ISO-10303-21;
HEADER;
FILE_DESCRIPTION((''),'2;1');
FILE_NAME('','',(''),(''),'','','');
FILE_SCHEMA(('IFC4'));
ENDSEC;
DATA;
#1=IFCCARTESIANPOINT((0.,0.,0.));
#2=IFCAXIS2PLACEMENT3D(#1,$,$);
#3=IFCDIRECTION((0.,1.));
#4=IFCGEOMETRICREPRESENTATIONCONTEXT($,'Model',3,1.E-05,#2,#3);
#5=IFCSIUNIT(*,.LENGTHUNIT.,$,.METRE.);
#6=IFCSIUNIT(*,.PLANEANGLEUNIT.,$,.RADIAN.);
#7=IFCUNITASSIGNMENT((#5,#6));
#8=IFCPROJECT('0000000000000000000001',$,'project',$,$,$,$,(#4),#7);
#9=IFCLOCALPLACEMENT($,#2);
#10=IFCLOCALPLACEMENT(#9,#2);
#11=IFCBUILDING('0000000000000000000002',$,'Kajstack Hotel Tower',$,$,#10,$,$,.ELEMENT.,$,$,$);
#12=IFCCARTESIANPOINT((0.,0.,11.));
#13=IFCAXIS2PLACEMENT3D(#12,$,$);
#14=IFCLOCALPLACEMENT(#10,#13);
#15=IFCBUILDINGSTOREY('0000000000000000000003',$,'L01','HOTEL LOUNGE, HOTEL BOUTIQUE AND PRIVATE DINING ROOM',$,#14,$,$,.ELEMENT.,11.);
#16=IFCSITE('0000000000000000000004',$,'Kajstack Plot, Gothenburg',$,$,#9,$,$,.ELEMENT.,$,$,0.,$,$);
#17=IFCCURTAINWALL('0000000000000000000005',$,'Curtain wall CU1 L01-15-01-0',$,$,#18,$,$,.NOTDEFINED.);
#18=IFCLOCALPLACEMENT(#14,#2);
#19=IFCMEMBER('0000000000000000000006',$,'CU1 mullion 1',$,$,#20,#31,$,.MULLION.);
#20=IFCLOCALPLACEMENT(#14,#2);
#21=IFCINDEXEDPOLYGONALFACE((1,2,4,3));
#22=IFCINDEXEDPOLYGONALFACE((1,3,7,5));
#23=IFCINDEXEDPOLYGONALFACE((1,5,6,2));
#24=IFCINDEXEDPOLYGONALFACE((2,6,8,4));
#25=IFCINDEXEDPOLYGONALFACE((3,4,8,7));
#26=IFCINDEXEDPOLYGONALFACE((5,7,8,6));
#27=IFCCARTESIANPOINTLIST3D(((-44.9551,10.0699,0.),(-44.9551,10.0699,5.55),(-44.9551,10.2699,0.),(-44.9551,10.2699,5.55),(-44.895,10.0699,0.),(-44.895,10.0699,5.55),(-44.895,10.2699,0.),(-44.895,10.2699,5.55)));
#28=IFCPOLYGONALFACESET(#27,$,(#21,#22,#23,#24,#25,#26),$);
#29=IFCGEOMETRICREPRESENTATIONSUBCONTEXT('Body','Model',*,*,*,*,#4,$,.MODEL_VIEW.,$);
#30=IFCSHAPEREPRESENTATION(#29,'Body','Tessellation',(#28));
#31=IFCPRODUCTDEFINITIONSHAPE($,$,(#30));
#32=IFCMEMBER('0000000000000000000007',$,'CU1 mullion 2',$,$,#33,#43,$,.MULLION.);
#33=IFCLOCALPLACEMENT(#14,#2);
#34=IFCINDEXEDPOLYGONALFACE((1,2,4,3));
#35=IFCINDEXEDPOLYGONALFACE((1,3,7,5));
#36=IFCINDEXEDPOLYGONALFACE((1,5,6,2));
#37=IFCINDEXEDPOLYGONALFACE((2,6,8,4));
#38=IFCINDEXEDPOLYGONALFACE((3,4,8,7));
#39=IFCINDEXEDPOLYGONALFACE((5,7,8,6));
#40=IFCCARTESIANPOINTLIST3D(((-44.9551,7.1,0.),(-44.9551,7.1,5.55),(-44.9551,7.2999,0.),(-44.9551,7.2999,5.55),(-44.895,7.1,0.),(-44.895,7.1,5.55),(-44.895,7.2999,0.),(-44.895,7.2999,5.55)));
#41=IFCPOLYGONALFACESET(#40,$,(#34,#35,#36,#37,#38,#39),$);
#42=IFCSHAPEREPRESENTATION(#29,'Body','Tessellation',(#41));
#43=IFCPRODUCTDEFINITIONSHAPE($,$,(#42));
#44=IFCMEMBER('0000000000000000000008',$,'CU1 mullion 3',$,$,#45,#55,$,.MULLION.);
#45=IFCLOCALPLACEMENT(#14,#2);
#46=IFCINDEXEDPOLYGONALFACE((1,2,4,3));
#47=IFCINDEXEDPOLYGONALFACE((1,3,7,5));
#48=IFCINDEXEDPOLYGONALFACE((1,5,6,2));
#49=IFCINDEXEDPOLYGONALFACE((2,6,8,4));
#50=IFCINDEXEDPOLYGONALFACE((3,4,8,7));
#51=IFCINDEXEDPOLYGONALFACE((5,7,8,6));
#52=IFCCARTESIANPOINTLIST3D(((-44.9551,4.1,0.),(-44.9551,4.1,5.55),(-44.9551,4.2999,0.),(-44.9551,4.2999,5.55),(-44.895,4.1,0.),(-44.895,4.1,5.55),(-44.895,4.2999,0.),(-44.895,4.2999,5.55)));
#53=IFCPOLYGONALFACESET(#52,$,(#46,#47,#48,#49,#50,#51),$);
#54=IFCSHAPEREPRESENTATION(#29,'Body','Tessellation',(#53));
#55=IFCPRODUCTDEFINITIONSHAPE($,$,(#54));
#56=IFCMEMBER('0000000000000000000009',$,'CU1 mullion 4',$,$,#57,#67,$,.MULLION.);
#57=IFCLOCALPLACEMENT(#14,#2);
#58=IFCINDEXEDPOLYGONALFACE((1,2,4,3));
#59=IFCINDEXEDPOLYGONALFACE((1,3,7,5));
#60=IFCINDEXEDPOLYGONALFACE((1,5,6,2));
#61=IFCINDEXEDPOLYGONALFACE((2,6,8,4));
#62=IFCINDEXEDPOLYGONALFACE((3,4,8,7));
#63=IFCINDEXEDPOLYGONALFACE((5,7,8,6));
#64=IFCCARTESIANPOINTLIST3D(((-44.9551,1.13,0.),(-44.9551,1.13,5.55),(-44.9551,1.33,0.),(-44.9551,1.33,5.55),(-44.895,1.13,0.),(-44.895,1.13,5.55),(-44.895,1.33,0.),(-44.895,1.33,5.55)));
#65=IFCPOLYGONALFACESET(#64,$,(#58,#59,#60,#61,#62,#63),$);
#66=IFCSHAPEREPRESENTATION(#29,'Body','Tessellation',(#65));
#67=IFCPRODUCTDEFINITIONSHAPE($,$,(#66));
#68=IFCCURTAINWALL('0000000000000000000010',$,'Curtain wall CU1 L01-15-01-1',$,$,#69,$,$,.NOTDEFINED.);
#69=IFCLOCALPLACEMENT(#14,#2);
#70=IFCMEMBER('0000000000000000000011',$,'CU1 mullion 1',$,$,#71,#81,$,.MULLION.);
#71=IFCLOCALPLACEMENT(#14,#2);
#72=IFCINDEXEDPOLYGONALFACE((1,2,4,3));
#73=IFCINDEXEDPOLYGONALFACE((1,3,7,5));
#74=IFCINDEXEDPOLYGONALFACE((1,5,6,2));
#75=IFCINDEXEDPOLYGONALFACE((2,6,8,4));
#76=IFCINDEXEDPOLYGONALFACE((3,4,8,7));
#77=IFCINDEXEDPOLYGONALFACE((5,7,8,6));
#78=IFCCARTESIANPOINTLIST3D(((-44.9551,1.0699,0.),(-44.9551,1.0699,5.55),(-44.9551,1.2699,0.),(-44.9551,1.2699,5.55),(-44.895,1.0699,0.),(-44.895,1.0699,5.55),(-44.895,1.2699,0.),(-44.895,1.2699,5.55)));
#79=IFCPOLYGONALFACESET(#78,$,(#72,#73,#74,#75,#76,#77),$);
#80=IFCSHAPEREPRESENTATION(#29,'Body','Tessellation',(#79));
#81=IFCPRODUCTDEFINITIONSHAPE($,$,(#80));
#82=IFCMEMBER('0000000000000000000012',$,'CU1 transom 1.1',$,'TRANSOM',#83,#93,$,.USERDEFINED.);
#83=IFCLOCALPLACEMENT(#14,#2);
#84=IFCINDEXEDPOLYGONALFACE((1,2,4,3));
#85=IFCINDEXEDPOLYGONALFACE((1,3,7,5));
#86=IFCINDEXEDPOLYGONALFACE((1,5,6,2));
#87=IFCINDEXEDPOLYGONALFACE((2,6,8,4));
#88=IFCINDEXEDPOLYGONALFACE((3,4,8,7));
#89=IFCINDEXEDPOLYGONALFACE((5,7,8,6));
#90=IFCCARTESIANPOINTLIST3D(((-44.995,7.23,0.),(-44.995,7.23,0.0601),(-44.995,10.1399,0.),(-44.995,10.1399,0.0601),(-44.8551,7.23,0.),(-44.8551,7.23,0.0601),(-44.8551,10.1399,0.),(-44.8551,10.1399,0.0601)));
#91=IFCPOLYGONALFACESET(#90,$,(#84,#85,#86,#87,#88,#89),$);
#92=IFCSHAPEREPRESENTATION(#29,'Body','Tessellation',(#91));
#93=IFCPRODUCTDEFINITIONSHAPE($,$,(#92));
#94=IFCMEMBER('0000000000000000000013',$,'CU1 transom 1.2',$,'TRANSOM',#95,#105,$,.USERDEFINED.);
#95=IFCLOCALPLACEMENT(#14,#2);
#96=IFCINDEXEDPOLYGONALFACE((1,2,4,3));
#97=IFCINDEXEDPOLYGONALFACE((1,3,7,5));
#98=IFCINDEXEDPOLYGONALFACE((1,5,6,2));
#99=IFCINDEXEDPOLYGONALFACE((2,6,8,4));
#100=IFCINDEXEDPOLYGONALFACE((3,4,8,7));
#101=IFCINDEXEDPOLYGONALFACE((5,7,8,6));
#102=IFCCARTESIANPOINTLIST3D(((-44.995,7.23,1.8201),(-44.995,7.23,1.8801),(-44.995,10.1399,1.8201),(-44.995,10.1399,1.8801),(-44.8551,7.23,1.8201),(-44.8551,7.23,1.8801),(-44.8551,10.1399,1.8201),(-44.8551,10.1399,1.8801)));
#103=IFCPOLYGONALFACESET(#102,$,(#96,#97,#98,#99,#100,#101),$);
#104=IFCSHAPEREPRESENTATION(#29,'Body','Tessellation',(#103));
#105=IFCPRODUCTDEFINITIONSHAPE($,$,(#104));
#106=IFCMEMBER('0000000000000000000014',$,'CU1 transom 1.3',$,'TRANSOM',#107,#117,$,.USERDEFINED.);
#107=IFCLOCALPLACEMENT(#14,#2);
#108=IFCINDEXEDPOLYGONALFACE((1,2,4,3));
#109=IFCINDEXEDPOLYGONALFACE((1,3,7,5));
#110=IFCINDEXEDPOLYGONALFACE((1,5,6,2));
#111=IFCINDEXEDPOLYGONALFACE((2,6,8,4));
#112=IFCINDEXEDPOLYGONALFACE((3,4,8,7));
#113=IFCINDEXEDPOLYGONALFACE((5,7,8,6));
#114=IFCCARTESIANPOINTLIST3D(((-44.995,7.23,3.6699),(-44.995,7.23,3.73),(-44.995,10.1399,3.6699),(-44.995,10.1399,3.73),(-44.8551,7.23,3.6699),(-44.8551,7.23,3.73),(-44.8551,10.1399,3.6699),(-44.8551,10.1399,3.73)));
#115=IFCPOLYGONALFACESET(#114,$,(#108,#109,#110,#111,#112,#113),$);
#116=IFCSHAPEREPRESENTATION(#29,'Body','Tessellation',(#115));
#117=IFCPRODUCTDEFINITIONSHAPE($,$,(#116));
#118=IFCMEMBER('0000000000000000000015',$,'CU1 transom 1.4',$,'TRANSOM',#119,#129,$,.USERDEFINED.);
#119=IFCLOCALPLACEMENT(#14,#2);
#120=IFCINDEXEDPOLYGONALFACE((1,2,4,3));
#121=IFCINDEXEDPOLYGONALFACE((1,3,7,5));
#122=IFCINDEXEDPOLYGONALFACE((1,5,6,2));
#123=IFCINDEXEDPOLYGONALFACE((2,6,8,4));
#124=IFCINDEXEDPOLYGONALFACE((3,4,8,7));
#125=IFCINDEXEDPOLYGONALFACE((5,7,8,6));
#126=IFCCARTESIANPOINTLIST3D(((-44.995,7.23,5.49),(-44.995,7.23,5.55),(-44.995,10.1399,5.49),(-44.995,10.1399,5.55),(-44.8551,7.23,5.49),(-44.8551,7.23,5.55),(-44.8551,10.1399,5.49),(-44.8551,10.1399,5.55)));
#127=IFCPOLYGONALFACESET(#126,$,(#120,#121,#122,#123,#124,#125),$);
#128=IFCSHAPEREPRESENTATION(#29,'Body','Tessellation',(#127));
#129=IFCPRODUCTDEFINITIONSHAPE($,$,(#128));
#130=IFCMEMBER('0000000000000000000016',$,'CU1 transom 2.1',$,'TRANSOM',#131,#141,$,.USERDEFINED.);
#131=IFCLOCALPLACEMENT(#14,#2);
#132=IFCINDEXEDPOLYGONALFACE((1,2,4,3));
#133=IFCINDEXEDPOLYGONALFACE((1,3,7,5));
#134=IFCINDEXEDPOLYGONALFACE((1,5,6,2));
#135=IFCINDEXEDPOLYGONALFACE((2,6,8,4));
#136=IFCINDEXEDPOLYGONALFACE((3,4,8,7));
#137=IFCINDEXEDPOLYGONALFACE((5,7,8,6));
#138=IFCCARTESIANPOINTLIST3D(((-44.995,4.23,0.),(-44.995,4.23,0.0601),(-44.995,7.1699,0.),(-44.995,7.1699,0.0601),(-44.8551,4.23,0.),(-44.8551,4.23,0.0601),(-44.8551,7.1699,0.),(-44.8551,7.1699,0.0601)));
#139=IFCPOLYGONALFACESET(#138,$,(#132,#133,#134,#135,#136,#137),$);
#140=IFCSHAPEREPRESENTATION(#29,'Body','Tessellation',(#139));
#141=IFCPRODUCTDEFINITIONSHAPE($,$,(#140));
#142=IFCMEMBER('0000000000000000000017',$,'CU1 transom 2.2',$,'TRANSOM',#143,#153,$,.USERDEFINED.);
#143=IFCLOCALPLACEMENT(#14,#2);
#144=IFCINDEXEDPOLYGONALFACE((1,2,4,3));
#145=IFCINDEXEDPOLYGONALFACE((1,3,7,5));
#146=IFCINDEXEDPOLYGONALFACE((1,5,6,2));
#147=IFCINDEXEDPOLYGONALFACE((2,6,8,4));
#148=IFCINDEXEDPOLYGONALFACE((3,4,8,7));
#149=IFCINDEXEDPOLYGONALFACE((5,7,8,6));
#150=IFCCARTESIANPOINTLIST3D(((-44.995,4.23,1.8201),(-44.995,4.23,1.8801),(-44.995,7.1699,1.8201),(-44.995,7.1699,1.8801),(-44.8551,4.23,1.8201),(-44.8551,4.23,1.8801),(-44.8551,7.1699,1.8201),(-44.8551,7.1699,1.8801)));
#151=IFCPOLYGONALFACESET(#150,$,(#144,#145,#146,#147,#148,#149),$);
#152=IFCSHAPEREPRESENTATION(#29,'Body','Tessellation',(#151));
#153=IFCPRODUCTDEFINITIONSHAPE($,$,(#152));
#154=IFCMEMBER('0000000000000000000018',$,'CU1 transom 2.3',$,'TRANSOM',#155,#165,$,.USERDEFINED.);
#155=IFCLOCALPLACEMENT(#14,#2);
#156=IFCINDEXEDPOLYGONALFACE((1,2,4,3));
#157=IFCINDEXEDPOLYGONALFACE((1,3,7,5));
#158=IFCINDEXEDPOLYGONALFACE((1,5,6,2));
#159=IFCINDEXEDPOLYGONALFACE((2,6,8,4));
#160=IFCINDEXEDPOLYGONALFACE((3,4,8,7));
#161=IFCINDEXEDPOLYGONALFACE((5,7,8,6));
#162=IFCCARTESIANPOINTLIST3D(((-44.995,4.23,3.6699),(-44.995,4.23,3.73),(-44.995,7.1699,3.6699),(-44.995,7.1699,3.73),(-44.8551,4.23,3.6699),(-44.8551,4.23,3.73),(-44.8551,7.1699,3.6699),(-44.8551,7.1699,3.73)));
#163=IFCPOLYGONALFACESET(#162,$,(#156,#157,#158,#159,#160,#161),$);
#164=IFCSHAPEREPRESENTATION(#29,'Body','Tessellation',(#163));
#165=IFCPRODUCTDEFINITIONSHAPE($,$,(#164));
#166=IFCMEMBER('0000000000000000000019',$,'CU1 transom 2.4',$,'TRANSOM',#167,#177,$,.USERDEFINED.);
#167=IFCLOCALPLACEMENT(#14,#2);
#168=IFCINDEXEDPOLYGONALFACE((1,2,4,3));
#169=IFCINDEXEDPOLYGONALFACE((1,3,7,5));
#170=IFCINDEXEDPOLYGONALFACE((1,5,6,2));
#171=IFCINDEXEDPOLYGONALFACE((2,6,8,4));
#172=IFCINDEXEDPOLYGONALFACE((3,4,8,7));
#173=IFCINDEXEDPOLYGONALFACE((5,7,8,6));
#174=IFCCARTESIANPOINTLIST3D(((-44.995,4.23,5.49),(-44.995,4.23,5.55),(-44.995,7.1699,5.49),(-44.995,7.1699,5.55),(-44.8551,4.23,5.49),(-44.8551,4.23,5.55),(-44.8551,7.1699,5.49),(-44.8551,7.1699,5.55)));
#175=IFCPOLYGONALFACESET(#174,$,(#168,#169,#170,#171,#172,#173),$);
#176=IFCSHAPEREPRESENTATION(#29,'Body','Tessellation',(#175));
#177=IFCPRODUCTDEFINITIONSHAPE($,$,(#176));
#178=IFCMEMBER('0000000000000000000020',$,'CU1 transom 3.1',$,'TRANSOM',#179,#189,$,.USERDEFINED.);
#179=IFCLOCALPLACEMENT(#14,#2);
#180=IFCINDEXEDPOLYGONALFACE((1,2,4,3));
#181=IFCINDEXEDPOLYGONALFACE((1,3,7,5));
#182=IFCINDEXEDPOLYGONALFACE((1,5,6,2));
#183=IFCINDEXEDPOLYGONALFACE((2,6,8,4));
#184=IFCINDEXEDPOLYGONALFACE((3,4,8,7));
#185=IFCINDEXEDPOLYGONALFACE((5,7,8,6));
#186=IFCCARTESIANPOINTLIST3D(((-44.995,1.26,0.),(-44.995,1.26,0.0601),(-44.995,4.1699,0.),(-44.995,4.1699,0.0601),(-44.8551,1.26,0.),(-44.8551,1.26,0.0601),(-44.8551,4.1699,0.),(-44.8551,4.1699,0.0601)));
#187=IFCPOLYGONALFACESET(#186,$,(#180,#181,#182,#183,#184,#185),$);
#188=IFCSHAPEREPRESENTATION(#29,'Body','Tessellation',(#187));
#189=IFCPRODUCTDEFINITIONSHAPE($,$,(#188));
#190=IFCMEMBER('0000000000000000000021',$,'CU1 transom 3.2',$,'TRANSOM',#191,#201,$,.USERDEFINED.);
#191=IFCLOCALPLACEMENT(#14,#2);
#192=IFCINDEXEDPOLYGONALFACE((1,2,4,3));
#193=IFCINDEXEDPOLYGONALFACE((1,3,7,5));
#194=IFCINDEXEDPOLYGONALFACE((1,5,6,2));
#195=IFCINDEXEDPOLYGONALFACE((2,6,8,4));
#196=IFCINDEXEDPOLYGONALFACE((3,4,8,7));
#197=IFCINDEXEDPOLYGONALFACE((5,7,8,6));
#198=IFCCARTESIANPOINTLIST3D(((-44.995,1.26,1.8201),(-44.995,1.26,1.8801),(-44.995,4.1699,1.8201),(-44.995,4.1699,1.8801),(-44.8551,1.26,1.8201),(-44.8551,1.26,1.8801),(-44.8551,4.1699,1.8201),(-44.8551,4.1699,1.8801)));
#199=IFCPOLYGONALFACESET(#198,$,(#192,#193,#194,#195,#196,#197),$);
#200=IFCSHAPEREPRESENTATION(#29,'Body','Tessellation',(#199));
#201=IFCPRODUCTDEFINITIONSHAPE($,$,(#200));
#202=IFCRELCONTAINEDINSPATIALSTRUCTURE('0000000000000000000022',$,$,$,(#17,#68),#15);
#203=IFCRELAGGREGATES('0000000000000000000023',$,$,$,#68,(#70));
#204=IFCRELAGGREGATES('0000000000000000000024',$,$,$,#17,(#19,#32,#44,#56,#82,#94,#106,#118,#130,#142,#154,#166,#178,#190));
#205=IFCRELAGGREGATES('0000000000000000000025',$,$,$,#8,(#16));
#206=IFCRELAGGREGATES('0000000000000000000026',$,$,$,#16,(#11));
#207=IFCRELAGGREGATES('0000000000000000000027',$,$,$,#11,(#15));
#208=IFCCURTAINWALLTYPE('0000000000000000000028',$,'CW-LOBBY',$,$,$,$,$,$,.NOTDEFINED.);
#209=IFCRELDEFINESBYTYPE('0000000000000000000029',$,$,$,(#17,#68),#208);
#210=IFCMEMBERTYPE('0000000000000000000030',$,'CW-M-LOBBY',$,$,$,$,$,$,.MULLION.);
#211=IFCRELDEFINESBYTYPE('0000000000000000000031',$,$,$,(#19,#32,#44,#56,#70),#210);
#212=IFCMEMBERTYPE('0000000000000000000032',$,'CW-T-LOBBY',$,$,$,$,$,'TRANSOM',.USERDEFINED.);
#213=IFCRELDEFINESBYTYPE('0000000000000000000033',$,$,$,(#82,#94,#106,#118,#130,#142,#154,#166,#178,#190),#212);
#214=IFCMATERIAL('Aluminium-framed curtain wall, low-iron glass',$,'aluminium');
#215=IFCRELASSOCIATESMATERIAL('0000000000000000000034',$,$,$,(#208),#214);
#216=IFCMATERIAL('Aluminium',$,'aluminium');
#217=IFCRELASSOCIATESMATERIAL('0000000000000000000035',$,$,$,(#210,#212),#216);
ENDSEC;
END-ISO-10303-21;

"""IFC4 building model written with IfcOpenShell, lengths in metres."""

from ifc_helpers import new_model, si_unit, direction, frame, origin, origin_2d, place, context, subcontext, project, spatial, rectangle, extrude, material, material_profile, profile_set, type_object, element, aggregate, save


model = new_model("IFC4")

# Units and contexts
model_context = context("Model", 3, precision=1e-05, world=origin(), true_north=direction((0.0, 1.0)))
body_context = subcontext(model_context, "Body", "Model", "MODEL_VIEW")
ifc_project = project(units=[si_unit("LENGTHUNIT", "METRE"), si_unit("PLANEANGLEUNIT", "RADIAN")], contexts=[model_context])

# Site, building, storey
site_placement = place(None, origin())
site = spatial("IfcSite", under=ifc_project, at=site_placement, Name="Kajstack Plot, Gothenburg", CompositionType="ELEMENT", RefElevation=0.0)
building_placement = place(site_placement, origin())
building = spatial("IfcBuilding", under=site, at=building_placement, Name="Kajstack Hotel Tower", CompositionType="ELEMENT")
storey_placement = place(building_placement, frame((0.0, 0.0, 11.0)))
storey = spatial("IfcBuildingStorey", under=building, at=storey_placement, Name="L01", Description="HOTEL LOUNGE, HOTEL BOUTIQUE AND PRIVATE DINING ROOM", CompositionType="ELEMENT", Elevation=11.0)

# Curtain wall, members
ifc_material_1 = material(Name="Aluminium-framed curtain wall, low-iron glass", Category="aluminium")
curtain_wall_type = type_object("IfcCurtainWallType", Name="CW-LOBBY", PredefinedType="NOTDEFINED", material=ifc_material_1)
curtain_wall_1_placement = place(storey_placement, origin())
curtain_wall_1 = element("IfcCurtainWall", 1, at=curtain_wall_1_placement, inside=storey, type_object=curtain_wall_type, Name="Curtain wall CU1 L01-15-01-0", PredefinedType="NOTDEFINED")
ifc_material_2 = material(Name="Aluminium", Category="aluminium")
ifc_material_profile_1 = material_profile(ifc_material_2, rectangle(XDim=0.0601, YDim=0.2, at=origin_2d()), Name="Aluminium mullion 60 x 200")
ifc_profile_set_1 = profile_set([ifc_material_profile_1], Name="Aluminium")
member_type_1 = type_object("IfcMemberType", Name="CW-M-LOBBY", PredefinedType="MULLION", material=ifc_profile_set_1)
member_1_placement = place(storey_placement, frame((-44.925, 10.1699, 0.0), z_axis=(0.0, 0.0, 1.0), x_axis=(1.0, 0.0, 0.0)))
member_1 = element("IfcMember", 2, at=member_1_placement, type_object=member_type_1, Name="CU1 mullion 1", PredefinedType="MULLION", context=body_context, shape_type="SweptSolid", body=[
    extrude(rectangle(XDim=0.0601, YDim=0.2, at=origin_2d()), origin(), (0.0, 0.0, 1.0), 5.55),
])
member_2_placement = place(storey_placement, frame((-44.925, 7.2, 0.0), z_axis=(0.0, 0.0, 1.0), x_axis=(1.0, 0.0, 0.0)))
member_2 = element("IfcMember", 3, at=member_2_placement, type_object=member_type_1, Name="CU1 mullion 2", PredefinedType="MULLION", context=body_context, shape_type="SweptSolid", body=[
    extrude(rectangle(XDim=0.0601, YDim=0.2, at=origin_2d()), origin(), (0.0, 0.0, 1.0), 5.55),
])
member_3_placement = place(storey_placement, frame((-44.925, 4.2, 0.0), z_axis=(0.0, 0.0, 1.0), x_axis=(1.0, 0.0, 0.0)))
member_3 = element("IfcMember", 4, at=member_3_placement, type_object=member_type_1, Name="CU1 mullion 3", PredefinedType="MULLION", context=body_context, shape_type="SweptSolid", body=[
    extrude(rectangle(XDim=0.0601, YDim=0.2, at=origin_2d()), origin(), (0.0, 0.0, 1.0), 5.55),
])
member_4_placement = place(storey_placement, frame((-44.925, 1.23, 0.0), z_axis=(0.0, 0.0, 1.0), x_axis=(1.0, 0.0, 0.0)))
member_4 = element("IfcMember", 5, at=member_4_placement, type_object=member_type_1, Name="CU1 mullion 4", PredefinedType="MULLION", context=body_context, shape_type="SweptSolid", body=[
    extrude(rectangle(XDim=0.0601, YDim=0.2, at=origin_2d()), origin(), (0.0, 0.0, 1.0), 5.55),
])

# Curtain wall, member
curtain_wall_2_placement = place(storey_placement, origin())
curtain_wall_2 = element("IfcCurtainWall", 6, at=curtain_wall_2_placement, inside=storey, type_object=curtain_wall_type, Name="Curtain wall CU1 L01-15-01-1", PredefinedType="NOTDEFINED")
member_5_placement = place(storey_placement, frame((-44.925, 1.1699, 0.0), z_axis=(0.0, 0.0, 1.0), x_axis=(1.0, 0.0, 0.0)))
member_5 = element("IfcMember", 7, at=member_5_placement, type_object=member_type_1, Name="CU1 mullion 1", PredefinedType="MULLION", context=body_context, shape_type="SweptSolid", body=[
    extrude(rectangle(XDim=0.0601, YDim=0.2, at=origin_2d()), origin(), (0.0, 0.0, 1.0), 5.55),
])

# Members
ifc_material_profile_2 = material_profile(ifc_material_2, rectangle(XDim=0.1399, YDim=0.0601, at=origin_2d()), Name="Aluminium transom 140 x 60")
ifc_profile_set_2 = profile_set([ifc_material_profile_2], Name="Aluminium")
member_type_2 = type_object("IfcMemberType", Name="CW-T-LOBBY", ElementType="TRANSOM", PredefinedType="USERDEFINED", material=ifc_profile_set_2)
member_6_placement = place(storey_placement, frame((-44.925, 10.1399, 0.03), z_axis=(0.0, -1.0, 0.0), x_axis=(1.0, 0.0, 0.0)))
member_6 = element("IfcMember", 8, at=member_6_placement, type_object=member_type_2, Name="CU1 transom 1.1", ObjectType="TRANSOM", PredefinedType="USERDEFINED", context=body_context, shape_type="SweptSolid", body=[
    extrude(rectangle(XDim=0.1399, YDim=0.0601, at=origin_2d()), origin(), (0.0, 0.0, 1.0), 2.9099),
])
member_7_placement = place(storey_placement, frame((-44.925, 10.1399, 1.8501), z_axis=(0.0, -1.0, 0.0), x_axis=(1.0, 0.0, 0.0)))
member_7 = element("IfcMember", 9, at=member_7_placement, type_object=member_type_2, Name="CU1 transom 1.2", ObjectType="TRANSOM", PredefinedType="USERDEFINED", context=body_context, shape_type="SweptSolid", body=[
    extrude(rectangle(XDim=0.1399, YDim=0.0601, at=origin_2d()), origin(), (0.0, 0.0, 1.0), 2.9099),
])
member_8_placement = place(storey_placement, frame((-44.925, 10.1399, 3.7), z_axis=(0.0, -1.0, 0.0), x_axis=(1.0, 0.0, 0.0)))
member_8 = element("IfcMember", 10, at=member_8_placement, type_object=member_type_2, Name="CU1 transom 1.3", ObjectType="TRANSOM", PredefinedType="USERDEFINED", context=body_context, shape_type="SweptSolid", body=[
    extrude(rectangle(XDim=0.1399, YDim=0.0601, at=origin_2d()), origin(), (0.0, 0.0, 1.0), 2.9099),
])
member_9_placement = place(storey_placement, frame((-44.925, 10.1399, 5.52), z_axis=(0.0, -1.0, 0.0), x_axis=(1.0, 0.0, 0.0)))
member_9 = element("IfcMember", 11, at=member_9_placement, type_object=member_type_2, Name="CU1 transom 1.4", ObjectType="TRANSOM", PredefinedType="USERDEFINED", context=body_context, shape_type="SweptSolid", body=[
    extrude(rectangle(XDim=0.1399, YDim=0.0601, at=origin_2d()), origin(), (0.0, 0.0, 1.0), 2.9099),
])
member_10_placement = place(storey_placement, frame((-44.925, 7.1699, 0.03), z_axis=(0.0, -1.0, 0.0), x_axis=(1.0, 0.0, 0.0)))
member_10 = element("IfcMember", 12, at=member_10_placement, type_object=member_type_2, Name="CU1 transom 2.1", ObjectType="TRANSOM", PredefinedType="USERDEFINED", context=body_context, shape_type="SweptSolid", body=[
    extrude(rectangle(XDim=0.1399, YDim=0.0601, at=origin_2d()), origin(), (0.0, 0.0, 1.0), 2.9399),
])
member_11_placement = place(storey_placement, frame((-44.925, 7.1699, 1.8501), z_axis=(0.0, -1.0, 0.0), x_axis=(1.0, 0.0, 0.0)))
member_11 = element("IfcMember", 13, at=member_11_placement, type_object=member_type_2, Name="CU1 transom 2.2", ObjectType="TRANSOM", PredefinedType="USERDEFINED", context=body_context, shape_type="SweptSolid", body=[
    extrude(rectangle(XDim=0.1399, YDim=0.0601, at=origin_2d()), origin(), (0.0, 0.0, 1.0), 2.9399),
])
member_12_placement = place(storey_placement, frame((-44.925, 7.1699, 3.7), z_axis=(0.0, -1.0, 0.0), x_axis=(1.0, 0.0, 0.0)))
member_12 = element("IfcMember", 14, at=member_12_placement, type_object=member_type_2, Name="CU1 transom 2.3", ObjectType="TRANSOM", PredefinedType="USERDEFINED", context=body_context, shape_type="SweptSolid", body=[
    extrude(rectangle(XDim=0.1399, YDim=0.0601, at=origin_2d()), origin(), (0.0, 0.0, 1.0), 2.9399),
])
member_13_placement = place(storey_placement, frame((-44.925, 7.1699, 5.52), z_axis=(0.0, -1.0, 0.0), x_axis=(1.0, 0.0, 0.0)))
member_13 = element("IfcMember", 15, at=member_13_placement, type_object=member_type_2, Name="CU1 transom 2.4", ObjectType="TRANSOM", PredefinedType="USERDEFINED", context=body_context, shape_type="SweptSolid", body=[
    extrude(rectangle(XDim=0.1399, YDim=0.0601, at=origin_2d()), origin(), (0.0, 0.0, 1.0), 2.9399),
])
member_14_placement = place(storey_placement, frame((-44.925, 4.1699, 0.03), z_axis=(0.0, -1.0, 0.0), x_axis=(1.0, 0.0, 0.0)))
member_14 = element("IfcMember", 16, at=member_14_placement, type_object=member_type_2, Name="CU1 transom 3.1", ObjectType="TRANSOM", PredefinedType="USERDEFINED", context=body_context, shape_type="SweptSolid", body=[
    extrude(rectangle(XDim=0.1399, YDim=0.0601, at=origin_2d()), origin(), (0.0, 0.0, 1.0), 2.9099),
])
member_15_placement = place(storey_placement, frame((-44.925, 4.1699, 1.8501), z_axis=(0.0, -1.0, 0.0), x_axis=(1.0, 0.0, 0.0)))
member_15 = element("IfcMember", 17, at=member_15_placement, type_object=member_type_2, Name="CU1 transom 3.2", ObjectType="TRANSOM", PredefinedType="USERDEFINED", context=body_context, shape_type="SweptSolid", body=[
    extrude(rectangle(XDim=0.1399, YDim=0.0601, at=origin_2d()), origin(), (0.0, 0.0, 1.0), 2.9099),
])
aggregate(curtain_wall_2, [member_5])

aggregate(curtain_wall_1, [member_1, member_2, member_3, member_4, member_6, member_7, member_8, member_9, member_10, member_11, member_12, member_13, member_14, member_15])

save(model, "model.ifc")
